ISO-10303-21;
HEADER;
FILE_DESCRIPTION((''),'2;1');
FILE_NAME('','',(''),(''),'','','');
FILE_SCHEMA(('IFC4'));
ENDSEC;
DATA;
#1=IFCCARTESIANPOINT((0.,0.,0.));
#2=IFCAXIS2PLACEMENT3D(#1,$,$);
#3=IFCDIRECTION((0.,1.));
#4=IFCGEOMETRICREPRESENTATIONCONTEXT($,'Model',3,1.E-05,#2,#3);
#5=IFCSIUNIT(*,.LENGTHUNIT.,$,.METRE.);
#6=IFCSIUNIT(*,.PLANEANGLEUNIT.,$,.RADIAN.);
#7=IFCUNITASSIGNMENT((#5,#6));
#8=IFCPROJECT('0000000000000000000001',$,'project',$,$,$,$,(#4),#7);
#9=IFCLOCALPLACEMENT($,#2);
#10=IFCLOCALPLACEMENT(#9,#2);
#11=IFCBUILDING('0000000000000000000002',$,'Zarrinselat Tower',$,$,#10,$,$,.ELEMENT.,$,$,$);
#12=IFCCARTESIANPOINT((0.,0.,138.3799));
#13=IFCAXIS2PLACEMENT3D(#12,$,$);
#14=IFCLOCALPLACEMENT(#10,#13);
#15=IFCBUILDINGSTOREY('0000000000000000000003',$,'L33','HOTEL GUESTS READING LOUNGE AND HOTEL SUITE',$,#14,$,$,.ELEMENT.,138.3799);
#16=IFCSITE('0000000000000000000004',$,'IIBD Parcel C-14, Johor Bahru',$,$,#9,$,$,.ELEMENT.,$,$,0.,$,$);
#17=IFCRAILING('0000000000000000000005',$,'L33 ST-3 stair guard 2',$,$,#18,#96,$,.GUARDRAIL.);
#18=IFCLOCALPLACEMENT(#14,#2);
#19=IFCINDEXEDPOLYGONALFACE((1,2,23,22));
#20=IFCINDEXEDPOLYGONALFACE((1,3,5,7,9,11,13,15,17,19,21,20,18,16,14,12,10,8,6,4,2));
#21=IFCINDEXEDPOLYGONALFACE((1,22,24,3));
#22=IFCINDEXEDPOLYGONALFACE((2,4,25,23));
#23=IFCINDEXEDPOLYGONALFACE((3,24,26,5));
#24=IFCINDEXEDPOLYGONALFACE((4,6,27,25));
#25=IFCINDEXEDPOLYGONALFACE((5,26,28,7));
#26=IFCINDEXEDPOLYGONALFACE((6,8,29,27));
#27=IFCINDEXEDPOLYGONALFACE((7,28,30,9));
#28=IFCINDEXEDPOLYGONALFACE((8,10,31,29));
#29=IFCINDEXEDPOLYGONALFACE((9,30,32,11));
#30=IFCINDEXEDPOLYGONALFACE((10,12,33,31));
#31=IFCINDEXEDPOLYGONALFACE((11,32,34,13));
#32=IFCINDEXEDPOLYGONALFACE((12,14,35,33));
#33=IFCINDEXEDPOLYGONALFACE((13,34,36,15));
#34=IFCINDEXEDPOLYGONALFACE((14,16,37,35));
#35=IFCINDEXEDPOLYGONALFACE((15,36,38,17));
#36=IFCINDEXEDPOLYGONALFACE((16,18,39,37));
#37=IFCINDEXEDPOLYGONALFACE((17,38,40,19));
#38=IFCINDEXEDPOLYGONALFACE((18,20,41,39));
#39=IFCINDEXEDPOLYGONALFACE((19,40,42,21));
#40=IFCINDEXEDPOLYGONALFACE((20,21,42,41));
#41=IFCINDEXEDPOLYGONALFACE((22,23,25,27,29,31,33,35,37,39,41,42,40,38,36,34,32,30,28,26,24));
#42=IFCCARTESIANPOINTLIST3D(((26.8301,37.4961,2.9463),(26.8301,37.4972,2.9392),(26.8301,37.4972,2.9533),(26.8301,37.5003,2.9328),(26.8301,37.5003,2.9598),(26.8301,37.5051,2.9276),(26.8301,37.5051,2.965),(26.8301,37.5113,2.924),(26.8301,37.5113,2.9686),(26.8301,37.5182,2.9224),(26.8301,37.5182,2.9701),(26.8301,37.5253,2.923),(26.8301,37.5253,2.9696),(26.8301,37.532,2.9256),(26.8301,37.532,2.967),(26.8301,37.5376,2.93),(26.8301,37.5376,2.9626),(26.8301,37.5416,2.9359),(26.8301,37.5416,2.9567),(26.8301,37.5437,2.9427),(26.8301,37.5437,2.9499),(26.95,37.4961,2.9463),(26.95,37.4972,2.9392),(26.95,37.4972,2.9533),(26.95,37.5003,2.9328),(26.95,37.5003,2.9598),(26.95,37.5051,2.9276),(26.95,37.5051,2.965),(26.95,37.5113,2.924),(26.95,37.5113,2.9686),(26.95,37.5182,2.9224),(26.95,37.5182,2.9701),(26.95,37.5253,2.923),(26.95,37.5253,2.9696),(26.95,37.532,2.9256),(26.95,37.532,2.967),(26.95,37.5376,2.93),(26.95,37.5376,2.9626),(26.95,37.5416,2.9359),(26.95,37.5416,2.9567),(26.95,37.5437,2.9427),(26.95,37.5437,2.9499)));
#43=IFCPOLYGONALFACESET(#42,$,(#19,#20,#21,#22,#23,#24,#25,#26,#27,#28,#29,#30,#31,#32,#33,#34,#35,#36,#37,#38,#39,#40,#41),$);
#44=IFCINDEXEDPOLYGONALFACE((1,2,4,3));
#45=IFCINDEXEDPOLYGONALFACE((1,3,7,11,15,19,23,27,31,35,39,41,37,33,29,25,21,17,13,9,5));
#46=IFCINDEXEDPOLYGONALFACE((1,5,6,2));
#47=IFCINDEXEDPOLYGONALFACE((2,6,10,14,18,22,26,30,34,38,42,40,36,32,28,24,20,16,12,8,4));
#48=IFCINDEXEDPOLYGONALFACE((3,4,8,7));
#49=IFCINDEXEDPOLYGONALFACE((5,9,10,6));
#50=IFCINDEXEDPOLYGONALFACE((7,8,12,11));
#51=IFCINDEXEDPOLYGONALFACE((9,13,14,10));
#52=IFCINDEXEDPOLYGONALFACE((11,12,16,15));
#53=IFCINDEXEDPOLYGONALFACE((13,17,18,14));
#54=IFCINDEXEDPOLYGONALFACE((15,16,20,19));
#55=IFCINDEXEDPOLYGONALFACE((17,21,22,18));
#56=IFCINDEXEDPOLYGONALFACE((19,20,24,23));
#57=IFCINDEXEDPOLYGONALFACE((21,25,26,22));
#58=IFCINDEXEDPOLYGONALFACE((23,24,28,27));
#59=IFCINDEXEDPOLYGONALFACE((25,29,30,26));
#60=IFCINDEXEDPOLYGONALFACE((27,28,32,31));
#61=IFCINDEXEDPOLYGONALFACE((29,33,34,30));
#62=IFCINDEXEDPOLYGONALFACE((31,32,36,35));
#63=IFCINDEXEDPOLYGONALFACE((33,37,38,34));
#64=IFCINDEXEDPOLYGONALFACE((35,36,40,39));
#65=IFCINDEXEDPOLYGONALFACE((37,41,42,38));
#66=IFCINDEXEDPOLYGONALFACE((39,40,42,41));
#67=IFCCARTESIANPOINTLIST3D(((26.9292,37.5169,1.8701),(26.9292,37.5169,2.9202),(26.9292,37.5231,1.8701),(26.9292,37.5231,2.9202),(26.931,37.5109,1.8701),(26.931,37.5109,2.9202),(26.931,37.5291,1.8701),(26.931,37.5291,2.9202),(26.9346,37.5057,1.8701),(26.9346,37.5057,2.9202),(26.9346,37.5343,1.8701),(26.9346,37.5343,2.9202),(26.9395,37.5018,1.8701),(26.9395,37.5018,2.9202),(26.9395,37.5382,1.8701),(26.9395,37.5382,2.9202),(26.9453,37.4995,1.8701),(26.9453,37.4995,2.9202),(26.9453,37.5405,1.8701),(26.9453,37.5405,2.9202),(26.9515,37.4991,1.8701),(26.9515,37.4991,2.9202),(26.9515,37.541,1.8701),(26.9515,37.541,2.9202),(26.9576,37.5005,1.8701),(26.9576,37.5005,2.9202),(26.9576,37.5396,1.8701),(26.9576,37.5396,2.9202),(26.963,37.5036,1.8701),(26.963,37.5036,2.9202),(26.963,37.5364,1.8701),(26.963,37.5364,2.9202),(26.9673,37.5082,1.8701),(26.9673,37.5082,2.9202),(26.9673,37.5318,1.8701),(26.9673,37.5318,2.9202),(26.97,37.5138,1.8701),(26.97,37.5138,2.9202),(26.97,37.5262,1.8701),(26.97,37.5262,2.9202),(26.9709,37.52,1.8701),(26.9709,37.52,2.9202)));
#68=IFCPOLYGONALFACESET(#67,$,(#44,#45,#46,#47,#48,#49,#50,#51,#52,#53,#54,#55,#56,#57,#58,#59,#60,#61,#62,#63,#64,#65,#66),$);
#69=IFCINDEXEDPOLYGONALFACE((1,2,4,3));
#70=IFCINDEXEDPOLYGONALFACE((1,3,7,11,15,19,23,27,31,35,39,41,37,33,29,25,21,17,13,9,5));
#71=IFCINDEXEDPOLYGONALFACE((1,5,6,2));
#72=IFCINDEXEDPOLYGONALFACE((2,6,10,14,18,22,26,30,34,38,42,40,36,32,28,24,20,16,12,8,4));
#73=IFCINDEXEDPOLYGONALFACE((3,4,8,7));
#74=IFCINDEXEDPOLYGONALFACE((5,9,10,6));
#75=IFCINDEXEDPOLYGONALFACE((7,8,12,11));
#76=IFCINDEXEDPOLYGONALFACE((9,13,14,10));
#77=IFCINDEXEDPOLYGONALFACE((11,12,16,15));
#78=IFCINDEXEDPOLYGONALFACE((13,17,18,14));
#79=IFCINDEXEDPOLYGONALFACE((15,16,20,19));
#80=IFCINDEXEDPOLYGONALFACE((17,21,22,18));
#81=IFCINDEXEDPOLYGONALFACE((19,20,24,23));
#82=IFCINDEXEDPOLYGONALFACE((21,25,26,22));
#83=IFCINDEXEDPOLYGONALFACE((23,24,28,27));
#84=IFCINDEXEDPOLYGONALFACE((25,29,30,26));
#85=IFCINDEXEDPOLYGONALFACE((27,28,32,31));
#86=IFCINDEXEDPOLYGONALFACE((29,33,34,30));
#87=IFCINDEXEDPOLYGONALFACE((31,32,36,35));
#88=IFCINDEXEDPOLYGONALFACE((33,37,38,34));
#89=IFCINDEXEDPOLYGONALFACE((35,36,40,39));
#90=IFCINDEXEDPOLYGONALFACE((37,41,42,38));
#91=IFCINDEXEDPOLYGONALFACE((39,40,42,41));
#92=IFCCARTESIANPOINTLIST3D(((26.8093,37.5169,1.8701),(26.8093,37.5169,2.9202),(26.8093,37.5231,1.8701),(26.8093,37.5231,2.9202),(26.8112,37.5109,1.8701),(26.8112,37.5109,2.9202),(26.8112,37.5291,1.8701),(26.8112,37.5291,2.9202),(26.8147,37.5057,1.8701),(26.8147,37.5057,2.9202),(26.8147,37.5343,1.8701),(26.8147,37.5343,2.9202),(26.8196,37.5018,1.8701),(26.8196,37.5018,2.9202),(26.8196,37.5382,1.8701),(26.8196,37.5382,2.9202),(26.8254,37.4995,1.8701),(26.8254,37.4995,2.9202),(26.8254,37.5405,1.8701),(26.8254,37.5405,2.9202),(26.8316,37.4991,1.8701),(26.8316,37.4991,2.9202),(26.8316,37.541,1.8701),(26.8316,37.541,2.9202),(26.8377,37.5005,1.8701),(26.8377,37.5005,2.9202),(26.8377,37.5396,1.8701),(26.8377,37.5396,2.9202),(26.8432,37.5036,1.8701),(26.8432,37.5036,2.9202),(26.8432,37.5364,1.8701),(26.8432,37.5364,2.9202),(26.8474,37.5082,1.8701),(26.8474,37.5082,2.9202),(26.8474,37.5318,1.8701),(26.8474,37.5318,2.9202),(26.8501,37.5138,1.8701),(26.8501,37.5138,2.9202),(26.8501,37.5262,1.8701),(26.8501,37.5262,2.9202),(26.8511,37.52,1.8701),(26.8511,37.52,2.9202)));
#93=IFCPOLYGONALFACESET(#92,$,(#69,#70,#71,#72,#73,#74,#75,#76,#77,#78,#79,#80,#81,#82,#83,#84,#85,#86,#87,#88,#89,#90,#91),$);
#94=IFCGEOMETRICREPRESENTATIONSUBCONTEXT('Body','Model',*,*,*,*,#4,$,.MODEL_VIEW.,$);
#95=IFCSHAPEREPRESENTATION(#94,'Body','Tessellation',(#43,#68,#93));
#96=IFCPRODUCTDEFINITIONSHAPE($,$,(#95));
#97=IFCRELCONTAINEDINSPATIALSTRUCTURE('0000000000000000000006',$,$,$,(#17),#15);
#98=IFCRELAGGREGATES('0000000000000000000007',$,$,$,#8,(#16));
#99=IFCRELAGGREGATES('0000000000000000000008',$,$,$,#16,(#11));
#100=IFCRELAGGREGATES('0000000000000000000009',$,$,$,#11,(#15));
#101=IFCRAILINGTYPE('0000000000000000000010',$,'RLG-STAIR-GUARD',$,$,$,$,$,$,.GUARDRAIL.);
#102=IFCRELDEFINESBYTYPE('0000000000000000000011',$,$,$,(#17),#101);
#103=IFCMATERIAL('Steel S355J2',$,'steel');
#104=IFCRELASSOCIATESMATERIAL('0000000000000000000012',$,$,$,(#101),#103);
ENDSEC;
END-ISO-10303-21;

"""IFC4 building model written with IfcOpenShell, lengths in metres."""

from ifc_helpers import new_model, si_unit, direction, frame, origin, origin_2d, place, context, subcontext, project, spatial, circle, extrude, material, type_object, element, save


model = new_model("IFC4")

# Units and contexts
model_context = context("Model", 3, precision=1e-05, world=origin(), true_north=direction((0.0, 1.0)))
body_context = subcontext(model_context, "Body", "Model", "MODEL_VIEW")
ifc_project = project(units=[si_unit("LENGTHUNIT", "METRE"), si_unit("PLANEANGLEUNIT", "RADIAN")], contexts=[model_context])

# Site, building, storey
site_placement = place(None, origin())
site = spatial("IfcSite", under=ifc_project, at=site_placement, Name="IIBD Parcel C-14, Johor Bahru", CompositionType="ELEMENT", RefElevation=0.0)
building_placement = place(site_placement, origin())
building = spatial("IfcBuilding", under=site, at=building_placement, Name="Zarrinselat Tower", CompositionType="ELEMENT")
storey_placement = place(building_placement, frame((0.0, 0.0, 138.3799)))
storey = spatial("IfcBuildingStorey", under=building, at=storey_placement, Name="L33", Description="HOTEL GUESTS READING LOUNGE AND HOTEL SUITE", CompositionType="ELEMENT", Elevation=138.3799)

# Railing
ifc_material_1 = material(Name="Steel S355J2", Category="steel")
railing_type_1 = type_object("IfcRailingType", Name="RLG-STAIR-GUARD", PredefinedType="GUARDRAIL", material=ifc_material_1)
railing_1_placement = place(storey_placement, frame((26.95, 37.52, 1.8701)))
element("IfcRailing", 1, at=railing_1_placement, inside=storey, type_object=railing_type_1, Name="L33 ST-3 stair guard 2", PredefinedType="GUARDRAIL", context=body_context, shape_type="SweptSolid", body=[
    extrude(circle(Radius=0.0239, at=origin_2d()), frame((0.0, 0.0, 1.0762), z_axis=(-1.0, 0.0, 0.0), x_axis=(0.0, -1.0, 0.0)), (0.0, 0.0, 1.0), 0.1199),
    extrude(circle(Radius=0.021, at=origin_2d()), origin(), (0.0, 0.0, 1.0), 1.05),
    extrude(circle(Radius=0.021, at=origin_2d()), frame((-0.1199, 0.0, 0.0)), (0.0, 0.0, 1.0), 1.05),
])

save(model, "model.ifc")
